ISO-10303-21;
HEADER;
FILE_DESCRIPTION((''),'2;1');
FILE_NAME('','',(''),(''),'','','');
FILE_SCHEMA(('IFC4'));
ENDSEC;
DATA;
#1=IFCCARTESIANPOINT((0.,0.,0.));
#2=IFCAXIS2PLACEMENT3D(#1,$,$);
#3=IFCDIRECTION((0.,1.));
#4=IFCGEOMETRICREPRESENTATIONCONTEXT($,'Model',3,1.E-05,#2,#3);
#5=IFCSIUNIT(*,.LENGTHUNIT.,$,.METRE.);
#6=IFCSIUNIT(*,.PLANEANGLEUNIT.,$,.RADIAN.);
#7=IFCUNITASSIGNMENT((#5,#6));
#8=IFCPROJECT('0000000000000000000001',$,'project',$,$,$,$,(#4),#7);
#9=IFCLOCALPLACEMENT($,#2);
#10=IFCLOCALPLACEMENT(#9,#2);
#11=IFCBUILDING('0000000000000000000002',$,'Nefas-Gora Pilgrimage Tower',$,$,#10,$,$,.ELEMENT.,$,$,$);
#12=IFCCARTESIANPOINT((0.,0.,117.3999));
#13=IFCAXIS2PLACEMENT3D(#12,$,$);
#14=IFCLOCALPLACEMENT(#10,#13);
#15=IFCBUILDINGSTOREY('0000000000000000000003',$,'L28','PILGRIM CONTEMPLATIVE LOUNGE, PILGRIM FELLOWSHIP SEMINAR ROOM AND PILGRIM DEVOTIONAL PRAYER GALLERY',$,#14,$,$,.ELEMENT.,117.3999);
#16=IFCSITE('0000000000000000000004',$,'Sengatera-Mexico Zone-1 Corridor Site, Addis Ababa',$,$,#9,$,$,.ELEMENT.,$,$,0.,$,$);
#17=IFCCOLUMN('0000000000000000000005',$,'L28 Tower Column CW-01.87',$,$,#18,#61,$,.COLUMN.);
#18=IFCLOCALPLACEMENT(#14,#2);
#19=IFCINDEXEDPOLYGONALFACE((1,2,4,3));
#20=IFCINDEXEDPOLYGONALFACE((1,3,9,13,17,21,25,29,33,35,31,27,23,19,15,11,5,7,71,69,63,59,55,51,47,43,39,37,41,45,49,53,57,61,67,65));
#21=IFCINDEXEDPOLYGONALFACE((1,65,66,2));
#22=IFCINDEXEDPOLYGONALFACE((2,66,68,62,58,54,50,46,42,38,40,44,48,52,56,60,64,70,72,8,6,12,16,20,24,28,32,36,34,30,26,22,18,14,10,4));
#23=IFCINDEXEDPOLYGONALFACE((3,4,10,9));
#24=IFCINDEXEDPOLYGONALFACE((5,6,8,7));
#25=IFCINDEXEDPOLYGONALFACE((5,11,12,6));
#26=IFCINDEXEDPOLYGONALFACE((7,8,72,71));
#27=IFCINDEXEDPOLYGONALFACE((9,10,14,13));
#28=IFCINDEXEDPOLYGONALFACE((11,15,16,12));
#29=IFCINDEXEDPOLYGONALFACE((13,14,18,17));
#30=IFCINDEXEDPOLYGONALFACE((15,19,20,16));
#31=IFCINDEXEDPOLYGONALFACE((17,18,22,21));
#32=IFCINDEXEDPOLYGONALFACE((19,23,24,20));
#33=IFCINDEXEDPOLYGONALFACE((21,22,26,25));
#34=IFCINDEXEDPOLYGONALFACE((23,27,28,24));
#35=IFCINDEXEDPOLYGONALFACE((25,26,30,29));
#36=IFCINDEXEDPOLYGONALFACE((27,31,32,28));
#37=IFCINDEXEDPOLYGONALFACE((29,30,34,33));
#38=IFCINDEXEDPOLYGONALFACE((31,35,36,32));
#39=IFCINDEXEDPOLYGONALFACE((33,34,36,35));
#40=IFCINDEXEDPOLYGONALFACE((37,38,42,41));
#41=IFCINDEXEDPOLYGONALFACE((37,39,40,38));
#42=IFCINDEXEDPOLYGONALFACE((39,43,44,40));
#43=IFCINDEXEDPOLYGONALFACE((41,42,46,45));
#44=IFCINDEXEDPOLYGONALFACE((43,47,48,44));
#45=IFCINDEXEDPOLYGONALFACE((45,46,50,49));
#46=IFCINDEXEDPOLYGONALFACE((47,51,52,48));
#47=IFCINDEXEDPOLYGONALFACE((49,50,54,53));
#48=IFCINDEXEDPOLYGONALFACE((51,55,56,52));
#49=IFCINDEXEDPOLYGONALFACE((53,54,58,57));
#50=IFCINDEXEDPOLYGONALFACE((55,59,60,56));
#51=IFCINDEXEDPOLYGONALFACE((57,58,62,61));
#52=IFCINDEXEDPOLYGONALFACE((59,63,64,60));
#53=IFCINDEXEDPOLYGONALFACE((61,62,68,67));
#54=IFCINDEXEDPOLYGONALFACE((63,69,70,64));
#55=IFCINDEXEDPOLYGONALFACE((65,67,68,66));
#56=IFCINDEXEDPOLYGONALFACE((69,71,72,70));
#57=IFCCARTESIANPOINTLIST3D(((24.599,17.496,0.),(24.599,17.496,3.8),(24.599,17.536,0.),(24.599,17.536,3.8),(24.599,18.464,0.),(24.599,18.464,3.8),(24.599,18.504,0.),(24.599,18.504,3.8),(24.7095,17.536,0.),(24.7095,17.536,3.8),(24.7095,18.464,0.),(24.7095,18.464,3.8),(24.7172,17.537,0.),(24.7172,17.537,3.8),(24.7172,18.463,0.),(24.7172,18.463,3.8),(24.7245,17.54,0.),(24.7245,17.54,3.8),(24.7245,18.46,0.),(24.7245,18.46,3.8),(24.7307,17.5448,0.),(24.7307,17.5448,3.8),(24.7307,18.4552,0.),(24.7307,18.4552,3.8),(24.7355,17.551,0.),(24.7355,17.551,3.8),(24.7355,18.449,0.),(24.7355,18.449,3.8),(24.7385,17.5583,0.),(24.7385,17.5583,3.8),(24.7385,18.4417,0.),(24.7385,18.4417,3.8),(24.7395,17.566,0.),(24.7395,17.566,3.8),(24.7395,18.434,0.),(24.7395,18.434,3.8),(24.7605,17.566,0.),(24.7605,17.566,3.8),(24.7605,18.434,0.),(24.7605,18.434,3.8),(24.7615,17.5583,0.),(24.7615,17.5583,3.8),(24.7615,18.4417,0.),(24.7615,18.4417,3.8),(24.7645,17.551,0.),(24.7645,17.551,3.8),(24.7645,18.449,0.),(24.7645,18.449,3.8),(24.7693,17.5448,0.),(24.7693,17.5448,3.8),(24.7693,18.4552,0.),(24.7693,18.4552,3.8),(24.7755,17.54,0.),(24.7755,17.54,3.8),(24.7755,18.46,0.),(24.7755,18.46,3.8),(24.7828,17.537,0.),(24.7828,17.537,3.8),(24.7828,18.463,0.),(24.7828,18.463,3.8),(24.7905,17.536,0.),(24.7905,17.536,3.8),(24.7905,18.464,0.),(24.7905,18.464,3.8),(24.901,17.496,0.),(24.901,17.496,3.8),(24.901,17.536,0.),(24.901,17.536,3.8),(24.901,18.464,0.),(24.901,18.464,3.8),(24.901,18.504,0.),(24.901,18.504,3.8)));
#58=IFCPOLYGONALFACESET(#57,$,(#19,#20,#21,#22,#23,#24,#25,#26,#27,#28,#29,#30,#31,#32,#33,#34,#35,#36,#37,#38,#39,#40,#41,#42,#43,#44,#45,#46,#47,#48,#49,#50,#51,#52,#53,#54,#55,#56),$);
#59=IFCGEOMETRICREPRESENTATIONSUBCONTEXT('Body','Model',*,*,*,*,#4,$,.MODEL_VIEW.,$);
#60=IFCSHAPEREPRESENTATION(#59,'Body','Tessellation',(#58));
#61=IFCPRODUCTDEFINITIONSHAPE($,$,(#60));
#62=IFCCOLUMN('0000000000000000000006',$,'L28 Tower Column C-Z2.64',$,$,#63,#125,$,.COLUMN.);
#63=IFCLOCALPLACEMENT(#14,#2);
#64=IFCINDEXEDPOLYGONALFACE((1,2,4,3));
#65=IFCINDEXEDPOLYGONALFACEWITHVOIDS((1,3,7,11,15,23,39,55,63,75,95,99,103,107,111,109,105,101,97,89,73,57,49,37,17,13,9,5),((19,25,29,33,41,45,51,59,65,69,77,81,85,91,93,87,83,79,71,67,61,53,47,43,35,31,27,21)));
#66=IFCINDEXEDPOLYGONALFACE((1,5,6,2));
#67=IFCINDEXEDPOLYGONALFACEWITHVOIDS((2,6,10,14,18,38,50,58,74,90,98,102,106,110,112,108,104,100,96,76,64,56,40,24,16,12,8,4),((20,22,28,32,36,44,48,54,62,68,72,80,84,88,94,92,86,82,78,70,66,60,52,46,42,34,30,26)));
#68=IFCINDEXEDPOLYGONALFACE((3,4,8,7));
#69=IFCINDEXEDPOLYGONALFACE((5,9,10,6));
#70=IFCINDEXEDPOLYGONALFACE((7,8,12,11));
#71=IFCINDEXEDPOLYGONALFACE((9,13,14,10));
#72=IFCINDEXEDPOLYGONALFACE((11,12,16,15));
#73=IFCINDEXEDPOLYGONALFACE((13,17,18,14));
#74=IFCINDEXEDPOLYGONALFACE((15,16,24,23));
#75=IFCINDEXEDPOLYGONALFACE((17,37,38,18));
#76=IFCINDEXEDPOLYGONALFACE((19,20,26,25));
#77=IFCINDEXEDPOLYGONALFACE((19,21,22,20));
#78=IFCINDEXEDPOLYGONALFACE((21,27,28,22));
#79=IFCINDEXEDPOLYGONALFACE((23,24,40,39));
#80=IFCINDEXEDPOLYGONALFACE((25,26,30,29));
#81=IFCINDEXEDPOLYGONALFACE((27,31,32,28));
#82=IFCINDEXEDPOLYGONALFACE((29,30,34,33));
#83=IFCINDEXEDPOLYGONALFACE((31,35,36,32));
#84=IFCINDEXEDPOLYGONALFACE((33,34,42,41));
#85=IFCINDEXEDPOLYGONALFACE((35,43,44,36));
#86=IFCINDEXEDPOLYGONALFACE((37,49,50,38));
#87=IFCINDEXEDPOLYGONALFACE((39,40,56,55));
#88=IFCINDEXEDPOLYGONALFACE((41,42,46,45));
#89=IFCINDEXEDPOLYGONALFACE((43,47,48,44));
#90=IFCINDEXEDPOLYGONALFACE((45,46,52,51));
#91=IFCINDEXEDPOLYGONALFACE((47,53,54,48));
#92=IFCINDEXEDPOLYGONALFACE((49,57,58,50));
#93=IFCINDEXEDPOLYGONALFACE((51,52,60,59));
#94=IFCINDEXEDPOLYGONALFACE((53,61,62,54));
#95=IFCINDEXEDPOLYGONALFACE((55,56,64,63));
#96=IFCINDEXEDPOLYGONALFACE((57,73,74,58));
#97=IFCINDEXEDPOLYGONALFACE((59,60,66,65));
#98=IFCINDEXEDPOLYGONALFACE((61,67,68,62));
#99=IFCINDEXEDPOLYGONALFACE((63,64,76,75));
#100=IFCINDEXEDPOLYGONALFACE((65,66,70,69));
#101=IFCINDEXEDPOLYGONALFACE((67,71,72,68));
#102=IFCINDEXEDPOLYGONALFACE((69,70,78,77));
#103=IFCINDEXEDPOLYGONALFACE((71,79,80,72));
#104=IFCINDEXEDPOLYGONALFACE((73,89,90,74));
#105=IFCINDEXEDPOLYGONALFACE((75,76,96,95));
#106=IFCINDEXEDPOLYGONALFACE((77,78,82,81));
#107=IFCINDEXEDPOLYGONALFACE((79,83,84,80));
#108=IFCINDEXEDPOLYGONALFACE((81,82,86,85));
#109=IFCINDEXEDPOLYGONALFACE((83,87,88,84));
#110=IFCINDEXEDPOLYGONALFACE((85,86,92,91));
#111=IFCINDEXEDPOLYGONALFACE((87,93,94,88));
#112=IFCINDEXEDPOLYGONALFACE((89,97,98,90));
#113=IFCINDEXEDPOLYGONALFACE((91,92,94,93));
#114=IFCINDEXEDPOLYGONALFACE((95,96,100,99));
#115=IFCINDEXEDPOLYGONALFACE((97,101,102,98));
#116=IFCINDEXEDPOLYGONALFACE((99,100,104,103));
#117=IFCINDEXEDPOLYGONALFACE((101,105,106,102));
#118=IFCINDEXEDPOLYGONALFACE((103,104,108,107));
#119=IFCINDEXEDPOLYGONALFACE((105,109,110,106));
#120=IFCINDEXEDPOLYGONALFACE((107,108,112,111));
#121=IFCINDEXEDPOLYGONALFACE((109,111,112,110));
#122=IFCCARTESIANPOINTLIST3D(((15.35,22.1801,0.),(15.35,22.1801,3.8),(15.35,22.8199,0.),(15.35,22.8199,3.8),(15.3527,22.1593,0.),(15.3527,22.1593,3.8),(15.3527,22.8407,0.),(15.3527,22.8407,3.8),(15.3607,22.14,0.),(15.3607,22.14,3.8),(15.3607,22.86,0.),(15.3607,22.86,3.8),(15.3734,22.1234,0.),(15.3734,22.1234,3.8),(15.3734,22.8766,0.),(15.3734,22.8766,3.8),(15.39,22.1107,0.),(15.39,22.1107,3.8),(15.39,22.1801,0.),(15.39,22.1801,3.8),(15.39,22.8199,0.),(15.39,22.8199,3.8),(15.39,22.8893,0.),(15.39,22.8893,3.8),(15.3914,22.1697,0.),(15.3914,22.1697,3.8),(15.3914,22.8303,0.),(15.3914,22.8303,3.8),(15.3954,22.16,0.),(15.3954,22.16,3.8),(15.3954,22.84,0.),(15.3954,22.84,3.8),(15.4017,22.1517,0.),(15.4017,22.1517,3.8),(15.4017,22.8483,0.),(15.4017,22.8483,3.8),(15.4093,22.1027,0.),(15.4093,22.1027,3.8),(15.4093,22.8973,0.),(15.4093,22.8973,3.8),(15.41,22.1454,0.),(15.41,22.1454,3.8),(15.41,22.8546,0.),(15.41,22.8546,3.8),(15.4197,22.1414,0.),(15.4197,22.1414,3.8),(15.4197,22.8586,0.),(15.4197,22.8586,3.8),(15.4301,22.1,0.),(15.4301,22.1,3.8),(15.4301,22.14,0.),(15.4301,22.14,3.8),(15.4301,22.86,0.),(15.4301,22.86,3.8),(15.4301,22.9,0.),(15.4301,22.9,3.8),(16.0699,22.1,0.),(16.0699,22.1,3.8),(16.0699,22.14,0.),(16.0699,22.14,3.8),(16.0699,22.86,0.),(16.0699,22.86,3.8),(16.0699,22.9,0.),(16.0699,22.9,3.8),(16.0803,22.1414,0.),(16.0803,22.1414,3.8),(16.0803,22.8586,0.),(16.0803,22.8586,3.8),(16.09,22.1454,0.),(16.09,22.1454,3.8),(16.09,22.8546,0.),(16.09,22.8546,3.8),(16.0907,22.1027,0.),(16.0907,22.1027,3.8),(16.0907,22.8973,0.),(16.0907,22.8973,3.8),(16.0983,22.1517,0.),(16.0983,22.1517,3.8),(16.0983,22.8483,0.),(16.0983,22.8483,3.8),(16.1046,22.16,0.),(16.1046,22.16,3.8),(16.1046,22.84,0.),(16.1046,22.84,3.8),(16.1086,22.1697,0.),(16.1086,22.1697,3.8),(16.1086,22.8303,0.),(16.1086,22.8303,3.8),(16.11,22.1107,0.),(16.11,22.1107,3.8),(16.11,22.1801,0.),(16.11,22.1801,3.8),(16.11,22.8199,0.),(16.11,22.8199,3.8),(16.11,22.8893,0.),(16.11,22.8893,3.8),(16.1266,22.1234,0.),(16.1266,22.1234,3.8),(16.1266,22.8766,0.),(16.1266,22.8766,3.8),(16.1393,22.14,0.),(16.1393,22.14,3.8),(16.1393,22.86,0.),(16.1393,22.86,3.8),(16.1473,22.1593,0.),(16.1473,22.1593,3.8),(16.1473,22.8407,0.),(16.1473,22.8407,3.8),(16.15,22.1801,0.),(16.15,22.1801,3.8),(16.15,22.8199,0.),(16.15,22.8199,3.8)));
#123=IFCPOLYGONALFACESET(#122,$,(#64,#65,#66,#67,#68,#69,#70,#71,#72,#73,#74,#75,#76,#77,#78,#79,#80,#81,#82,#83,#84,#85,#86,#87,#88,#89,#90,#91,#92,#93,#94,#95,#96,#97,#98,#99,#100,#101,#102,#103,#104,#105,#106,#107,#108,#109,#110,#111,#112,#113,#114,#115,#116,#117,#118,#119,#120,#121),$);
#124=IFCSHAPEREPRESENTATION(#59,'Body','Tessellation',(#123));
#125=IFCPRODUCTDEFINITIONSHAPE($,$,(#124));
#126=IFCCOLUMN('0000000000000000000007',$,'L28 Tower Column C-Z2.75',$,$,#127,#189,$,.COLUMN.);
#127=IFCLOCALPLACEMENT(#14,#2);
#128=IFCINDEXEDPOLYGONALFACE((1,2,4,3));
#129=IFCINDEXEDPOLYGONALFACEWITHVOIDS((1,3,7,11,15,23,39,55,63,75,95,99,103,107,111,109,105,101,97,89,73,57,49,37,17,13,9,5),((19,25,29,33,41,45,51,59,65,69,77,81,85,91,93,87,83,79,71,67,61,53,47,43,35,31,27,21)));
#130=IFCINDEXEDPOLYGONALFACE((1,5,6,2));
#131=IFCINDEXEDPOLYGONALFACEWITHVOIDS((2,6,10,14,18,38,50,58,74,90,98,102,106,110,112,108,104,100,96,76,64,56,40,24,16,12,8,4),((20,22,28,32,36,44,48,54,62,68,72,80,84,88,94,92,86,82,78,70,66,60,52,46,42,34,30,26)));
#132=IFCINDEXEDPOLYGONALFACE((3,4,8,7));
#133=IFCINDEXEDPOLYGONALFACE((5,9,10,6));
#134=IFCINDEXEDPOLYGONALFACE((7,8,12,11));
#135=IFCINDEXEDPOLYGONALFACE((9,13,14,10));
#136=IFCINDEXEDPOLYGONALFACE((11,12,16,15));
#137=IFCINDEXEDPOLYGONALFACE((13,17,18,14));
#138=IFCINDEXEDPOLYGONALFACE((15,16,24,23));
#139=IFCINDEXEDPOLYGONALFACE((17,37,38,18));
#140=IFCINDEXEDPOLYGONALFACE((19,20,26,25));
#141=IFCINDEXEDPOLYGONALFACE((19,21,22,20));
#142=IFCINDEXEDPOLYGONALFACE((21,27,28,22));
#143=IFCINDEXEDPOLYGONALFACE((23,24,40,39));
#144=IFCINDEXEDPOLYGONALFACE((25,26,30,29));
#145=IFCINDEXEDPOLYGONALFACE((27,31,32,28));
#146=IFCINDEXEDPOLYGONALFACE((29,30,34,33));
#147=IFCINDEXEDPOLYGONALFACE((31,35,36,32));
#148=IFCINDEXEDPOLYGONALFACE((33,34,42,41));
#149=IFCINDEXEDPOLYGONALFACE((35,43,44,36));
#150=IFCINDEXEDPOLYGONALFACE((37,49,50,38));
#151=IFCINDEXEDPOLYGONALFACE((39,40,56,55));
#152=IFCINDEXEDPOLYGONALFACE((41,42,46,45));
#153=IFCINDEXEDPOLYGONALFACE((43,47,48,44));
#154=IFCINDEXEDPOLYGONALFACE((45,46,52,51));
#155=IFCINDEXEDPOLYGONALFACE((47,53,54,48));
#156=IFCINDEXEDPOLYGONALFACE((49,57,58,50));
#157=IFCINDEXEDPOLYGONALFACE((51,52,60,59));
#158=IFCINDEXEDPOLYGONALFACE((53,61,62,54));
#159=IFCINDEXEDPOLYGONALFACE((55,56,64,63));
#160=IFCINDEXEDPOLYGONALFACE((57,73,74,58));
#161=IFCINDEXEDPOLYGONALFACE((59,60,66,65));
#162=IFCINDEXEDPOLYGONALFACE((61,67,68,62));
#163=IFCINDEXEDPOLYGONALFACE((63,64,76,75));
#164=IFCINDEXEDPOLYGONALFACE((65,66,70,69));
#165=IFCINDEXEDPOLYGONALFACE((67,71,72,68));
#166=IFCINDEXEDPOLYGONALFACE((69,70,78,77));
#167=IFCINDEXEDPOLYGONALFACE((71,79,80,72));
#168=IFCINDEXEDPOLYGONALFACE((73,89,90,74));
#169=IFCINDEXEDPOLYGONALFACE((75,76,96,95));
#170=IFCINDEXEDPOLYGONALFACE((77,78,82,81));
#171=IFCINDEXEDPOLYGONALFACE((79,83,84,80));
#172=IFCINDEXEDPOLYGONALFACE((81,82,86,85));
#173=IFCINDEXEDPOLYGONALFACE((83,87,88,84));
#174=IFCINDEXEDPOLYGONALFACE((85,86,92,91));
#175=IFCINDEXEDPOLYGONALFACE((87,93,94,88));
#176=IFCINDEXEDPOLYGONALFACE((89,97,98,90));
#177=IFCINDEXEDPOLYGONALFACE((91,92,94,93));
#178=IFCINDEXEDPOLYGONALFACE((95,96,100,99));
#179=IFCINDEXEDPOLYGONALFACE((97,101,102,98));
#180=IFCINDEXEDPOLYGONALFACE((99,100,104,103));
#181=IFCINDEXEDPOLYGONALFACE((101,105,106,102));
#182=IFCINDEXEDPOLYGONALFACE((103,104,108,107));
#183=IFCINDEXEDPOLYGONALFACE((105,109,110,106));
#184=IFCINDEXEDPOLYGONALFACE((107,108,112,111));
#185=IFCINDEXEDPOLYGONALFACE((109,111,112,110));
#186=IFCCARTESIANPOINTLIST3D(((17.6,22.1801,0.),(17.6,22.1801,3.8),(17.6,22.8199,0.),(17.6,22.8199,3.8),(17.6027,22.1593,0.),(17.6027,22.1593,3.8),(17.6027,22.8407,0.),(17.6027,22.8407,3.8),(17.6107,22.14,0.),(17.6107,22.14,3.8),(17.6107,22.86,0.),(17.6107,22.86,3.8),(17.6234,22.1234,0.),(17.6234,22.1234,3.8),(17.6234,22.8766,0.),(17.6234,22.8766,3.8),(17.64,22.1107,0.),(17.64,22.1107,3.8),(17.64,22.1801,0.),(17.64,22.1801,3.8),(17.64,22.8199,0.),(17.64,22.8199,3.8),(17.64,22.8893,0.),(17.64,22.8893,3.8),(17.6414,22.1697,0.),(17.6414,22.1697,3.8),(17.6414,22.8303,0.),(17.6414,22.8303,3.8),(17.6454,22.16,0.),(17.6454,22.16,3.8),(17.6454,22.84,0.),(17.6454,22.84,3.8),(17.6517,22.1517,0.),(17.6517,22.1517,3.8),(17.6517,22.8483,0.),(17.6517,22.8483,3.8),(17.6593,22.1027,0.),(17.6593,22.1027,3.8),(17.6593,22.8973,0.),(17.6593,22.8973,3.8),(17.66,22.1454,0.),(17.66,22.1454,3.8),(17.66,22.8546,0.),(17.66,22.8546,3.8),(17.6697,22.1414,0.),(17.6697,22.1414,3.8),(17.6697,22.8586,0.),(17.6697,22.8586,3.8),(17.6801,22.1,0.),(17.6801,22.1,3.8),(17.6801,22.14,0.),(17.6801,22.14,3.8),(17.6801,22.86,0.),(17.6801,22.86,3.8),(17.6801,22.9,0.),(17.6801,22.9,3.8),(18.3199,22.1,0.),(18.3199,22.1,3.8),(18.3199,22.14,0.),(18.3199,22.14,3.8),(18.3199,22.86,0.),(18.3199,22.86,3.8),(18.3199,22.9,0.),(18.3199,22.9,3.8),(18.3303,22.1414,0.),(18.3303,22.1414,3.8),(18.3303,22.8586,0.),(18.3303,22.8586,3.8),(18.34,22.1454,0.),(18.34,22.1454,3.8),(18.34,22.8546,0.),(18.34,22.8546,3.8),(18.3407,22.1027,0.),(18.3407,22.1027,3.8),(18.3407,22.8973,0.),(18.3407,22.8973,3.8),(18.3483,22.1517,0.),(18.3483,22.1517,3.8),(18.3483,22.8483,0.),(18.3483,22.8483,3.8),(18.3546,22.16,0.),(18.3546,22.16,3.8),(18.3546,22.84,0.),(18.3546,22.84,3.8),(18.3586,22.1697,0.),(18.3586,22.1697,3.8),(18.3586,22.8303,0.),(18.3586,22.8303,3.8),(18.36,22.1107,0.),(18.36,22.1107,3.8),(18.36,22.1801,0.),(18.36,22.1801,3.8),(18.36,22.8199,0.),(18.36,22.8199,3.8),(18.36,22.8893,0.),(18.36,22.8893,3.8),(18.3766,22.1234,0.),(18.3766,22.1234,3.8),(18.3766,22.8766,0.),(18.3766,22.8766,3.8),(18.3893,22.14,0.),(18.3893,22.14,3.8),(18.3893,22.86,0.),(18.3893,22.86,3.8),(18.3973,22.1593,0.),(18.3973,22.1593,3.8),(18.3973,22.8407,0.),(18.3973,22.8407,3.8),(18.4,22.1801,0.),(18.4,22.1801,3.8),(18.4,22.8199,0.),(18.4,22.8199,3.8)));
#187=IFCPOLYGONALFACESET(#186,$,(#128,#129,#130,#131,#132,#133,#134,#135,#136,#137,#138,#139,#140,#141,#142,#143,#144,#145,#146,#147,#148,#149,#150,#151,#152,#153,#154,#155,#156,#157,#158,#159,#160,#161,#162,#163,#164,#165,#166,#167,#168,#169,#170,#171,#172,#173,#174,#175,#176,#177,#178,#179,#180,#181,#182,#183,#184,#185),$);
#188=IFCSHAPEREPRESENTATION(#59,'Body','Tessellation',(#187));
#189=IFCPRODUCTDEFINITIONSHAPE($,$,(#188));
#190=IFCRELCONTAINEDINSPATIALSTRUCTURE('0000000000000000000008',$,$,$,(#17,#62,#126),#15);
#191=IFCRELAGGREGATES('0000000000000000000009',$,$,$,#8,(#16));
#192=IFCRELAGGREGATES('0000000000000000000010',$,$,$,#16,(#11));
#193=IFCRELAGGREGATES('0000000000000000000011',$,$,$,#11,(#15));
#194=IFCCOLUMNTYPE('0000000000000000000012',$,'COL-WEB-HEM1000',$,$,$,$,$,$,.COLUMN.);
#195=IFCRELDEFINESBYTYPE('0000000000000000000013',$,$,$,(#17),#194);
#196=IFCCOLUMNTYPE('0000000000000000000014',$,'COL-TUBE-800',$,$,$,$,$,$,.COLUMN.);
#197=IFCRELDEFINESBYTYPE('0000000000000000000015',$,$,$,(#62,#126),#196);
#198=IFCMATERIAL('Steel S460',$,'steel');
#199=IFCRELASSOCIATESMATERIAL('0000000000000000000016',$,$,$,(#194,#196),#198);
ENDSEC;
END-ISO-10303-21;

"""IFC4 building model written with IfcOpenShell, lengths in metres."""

from ifc_helpers import new_model, si_unit, direction, frame, origin, origin_2d, place, context, subcontext, project, spatial, hollow_rectangle, i_section, extrude, source, transform, mapped, material, material_profile, profile_set, type_object, element, save


model = new_model("IFC4")

# Units and contexts
model_context = context("Model", 3, precision=1e-05, world=origin(), true_north=direction((0.0, 1.0)))
body_context = subcontext(model_context, "Body", "Model", "MODEL_VIEW")
ifc_project = project(units=[si_unit("LENGTHUNIT", "METRE"), si_unit("PLANEANGLEUNIT", "RADIAN")], contexts=[model_context])

# Site, building, storey
site_placement = place(None, origin())
site = spatial("IfcSite", under=ifc_project, at=site_placement, Name="Sengatera-Mexico Zone-1 Corridor Site, Addis Ababa", CompositionType="ELEMENT", RefElevation=0.0)
building_placement = place(site_placement, origin())
building = spatial("IfcBuilding", under=site, at=building_placement, Name="Nefas-Gora Pilgrimage Tower", CompositionType="ELEMENT")
storey_placement = place(building_placement, frame((0.0, 0.0, 117.3999)))
storey = spatial("IfcBuildingStorey", under=building, at=storey_placement, Name="L28", Description="PILGRIM CONTEMPLATIVE LOUNGE, PILGRIM FELLOWSHIP SEMINAR ROOM AND PILGRIM DEVOTIONAL PRAYER GALLERY", CompositionType="ELEMENT", Elevation=117.3999)

# Columns
ifc_material_1 = material(Name="Steel S460", Category="steel")
ifc_material_profile_1 = material_profile(ifc_material_1, i_section(OverallWidth=0.302, OverallDepth=1.0081, WebThickness=0.021, FlangeThickness=0.04, FilletRadius=0.03, at=origin_2d()), Name="HEM 1000")
ifc_profile_set_1 = profile_set([ifc_material_profile_1], Name="Steel S460")
column_type_1 = type_object("IfcColumnType", Name="COL-WEB-HEM1000", PredefinedType="COLUMN", material=ifc_profile_set_1)
shared_shape_1 = source(origin(), body_context, "Body", "SweptSolid", [
    extrude(i_section(OverallWidth=0.302, OverallDepth=1.0081, WebThickness=0.021, FlangeThickness=0.04, FilletRadius=0.03, at=origin_2d()), origin(), (0.0, 0.0, 1.0), 3.8),
])
for number, where, z_axis, x_axis, name in (
    (1, (24.75, 18.0, 0.0), (0.0, 0.0, 1.0), (1.0, 0.0, 0.0), "L28 Tower Column CW-01.87"),
):
    element("IfcColumn", number, at=place(storey_placement, frame(where, z_axis=z_axis, x_axis=x_axis)), inside=storey, type_object=column_type_1, Name=name, PredefinedType="COLUMN", context=body_context, shape_type="MappedRepresentation", body=[
        mapped(shared_shape_1, transform((0.0, 0.0, 0.0), x_axis=(1.0, 0.0, 0.0), y_axis=(0.0, 1.0, 0.0), z_axis=(0.0, 0.0, 1.0), scale=1.0)),
    ])
ifc_material_profile_2 = material_profile(ifc_material_1, hollow_rectangle(XDim=0.8, YDim=0.8, WallThickness=0.04, InnerFilletRadius=0.04, OuterFilletRadius=0.0801, at=origin_2d()), Name="BOX 800x800x40")
ifc_profile_set_2 = profile_set([ifc_material_profile_2], Name="Steel S460")
column_type_2 = type_object("IfcColumnType", Name="COL-TUBE-800", PredefinedType="COLUMN", material=ifc_profile_set_2)
shared_shape_2 = source(origin(), body_context, "Body", "SweptSolid", [
    extrude(hollow_rectangle(XDim=0.8, YDim=0.8, WallThickness=0.04, InnerFilletRadius=0.04, OuterFilletRadius=0.0801, at=origin_2d()), origin(), (0.0, 0.0, 1.0), 3.8),
])
for number, where, z_axis, x_axis, name in (
    (2, (15.75, 22.5, 0.0), (0.0, 0.0, 1.0), (1.0, 0.0, 0.0), "L28 Tower Column C-Z2.64"),
    (3, (18.0, 22.5, 0.0), (0.0, 0.0, 1.0), (1.0, 0.0, 0.0), "L28 Tower Column C-Z2.75"),
):
    element("IfcColumn", number, at=place(storey_placement, frame(where, z_axis=z_axis, x_axis=x_axis)), inside=storey, type_object=column_type_2, Name=name, PredefinedType="COLUMN", context=body_context, shape_type="MappedRepresentation", body=[
        mapped(shared_shape_2, transform((0.0, 0.0, 0.0), x_axis=(1.0, 0.0, 0.0), y_axis=(0.0, 1.0, 0.0), z_axis=(0.0, 0.0, 1.0), scale=1.0)),
    ])

save(model, "model.ifc")
